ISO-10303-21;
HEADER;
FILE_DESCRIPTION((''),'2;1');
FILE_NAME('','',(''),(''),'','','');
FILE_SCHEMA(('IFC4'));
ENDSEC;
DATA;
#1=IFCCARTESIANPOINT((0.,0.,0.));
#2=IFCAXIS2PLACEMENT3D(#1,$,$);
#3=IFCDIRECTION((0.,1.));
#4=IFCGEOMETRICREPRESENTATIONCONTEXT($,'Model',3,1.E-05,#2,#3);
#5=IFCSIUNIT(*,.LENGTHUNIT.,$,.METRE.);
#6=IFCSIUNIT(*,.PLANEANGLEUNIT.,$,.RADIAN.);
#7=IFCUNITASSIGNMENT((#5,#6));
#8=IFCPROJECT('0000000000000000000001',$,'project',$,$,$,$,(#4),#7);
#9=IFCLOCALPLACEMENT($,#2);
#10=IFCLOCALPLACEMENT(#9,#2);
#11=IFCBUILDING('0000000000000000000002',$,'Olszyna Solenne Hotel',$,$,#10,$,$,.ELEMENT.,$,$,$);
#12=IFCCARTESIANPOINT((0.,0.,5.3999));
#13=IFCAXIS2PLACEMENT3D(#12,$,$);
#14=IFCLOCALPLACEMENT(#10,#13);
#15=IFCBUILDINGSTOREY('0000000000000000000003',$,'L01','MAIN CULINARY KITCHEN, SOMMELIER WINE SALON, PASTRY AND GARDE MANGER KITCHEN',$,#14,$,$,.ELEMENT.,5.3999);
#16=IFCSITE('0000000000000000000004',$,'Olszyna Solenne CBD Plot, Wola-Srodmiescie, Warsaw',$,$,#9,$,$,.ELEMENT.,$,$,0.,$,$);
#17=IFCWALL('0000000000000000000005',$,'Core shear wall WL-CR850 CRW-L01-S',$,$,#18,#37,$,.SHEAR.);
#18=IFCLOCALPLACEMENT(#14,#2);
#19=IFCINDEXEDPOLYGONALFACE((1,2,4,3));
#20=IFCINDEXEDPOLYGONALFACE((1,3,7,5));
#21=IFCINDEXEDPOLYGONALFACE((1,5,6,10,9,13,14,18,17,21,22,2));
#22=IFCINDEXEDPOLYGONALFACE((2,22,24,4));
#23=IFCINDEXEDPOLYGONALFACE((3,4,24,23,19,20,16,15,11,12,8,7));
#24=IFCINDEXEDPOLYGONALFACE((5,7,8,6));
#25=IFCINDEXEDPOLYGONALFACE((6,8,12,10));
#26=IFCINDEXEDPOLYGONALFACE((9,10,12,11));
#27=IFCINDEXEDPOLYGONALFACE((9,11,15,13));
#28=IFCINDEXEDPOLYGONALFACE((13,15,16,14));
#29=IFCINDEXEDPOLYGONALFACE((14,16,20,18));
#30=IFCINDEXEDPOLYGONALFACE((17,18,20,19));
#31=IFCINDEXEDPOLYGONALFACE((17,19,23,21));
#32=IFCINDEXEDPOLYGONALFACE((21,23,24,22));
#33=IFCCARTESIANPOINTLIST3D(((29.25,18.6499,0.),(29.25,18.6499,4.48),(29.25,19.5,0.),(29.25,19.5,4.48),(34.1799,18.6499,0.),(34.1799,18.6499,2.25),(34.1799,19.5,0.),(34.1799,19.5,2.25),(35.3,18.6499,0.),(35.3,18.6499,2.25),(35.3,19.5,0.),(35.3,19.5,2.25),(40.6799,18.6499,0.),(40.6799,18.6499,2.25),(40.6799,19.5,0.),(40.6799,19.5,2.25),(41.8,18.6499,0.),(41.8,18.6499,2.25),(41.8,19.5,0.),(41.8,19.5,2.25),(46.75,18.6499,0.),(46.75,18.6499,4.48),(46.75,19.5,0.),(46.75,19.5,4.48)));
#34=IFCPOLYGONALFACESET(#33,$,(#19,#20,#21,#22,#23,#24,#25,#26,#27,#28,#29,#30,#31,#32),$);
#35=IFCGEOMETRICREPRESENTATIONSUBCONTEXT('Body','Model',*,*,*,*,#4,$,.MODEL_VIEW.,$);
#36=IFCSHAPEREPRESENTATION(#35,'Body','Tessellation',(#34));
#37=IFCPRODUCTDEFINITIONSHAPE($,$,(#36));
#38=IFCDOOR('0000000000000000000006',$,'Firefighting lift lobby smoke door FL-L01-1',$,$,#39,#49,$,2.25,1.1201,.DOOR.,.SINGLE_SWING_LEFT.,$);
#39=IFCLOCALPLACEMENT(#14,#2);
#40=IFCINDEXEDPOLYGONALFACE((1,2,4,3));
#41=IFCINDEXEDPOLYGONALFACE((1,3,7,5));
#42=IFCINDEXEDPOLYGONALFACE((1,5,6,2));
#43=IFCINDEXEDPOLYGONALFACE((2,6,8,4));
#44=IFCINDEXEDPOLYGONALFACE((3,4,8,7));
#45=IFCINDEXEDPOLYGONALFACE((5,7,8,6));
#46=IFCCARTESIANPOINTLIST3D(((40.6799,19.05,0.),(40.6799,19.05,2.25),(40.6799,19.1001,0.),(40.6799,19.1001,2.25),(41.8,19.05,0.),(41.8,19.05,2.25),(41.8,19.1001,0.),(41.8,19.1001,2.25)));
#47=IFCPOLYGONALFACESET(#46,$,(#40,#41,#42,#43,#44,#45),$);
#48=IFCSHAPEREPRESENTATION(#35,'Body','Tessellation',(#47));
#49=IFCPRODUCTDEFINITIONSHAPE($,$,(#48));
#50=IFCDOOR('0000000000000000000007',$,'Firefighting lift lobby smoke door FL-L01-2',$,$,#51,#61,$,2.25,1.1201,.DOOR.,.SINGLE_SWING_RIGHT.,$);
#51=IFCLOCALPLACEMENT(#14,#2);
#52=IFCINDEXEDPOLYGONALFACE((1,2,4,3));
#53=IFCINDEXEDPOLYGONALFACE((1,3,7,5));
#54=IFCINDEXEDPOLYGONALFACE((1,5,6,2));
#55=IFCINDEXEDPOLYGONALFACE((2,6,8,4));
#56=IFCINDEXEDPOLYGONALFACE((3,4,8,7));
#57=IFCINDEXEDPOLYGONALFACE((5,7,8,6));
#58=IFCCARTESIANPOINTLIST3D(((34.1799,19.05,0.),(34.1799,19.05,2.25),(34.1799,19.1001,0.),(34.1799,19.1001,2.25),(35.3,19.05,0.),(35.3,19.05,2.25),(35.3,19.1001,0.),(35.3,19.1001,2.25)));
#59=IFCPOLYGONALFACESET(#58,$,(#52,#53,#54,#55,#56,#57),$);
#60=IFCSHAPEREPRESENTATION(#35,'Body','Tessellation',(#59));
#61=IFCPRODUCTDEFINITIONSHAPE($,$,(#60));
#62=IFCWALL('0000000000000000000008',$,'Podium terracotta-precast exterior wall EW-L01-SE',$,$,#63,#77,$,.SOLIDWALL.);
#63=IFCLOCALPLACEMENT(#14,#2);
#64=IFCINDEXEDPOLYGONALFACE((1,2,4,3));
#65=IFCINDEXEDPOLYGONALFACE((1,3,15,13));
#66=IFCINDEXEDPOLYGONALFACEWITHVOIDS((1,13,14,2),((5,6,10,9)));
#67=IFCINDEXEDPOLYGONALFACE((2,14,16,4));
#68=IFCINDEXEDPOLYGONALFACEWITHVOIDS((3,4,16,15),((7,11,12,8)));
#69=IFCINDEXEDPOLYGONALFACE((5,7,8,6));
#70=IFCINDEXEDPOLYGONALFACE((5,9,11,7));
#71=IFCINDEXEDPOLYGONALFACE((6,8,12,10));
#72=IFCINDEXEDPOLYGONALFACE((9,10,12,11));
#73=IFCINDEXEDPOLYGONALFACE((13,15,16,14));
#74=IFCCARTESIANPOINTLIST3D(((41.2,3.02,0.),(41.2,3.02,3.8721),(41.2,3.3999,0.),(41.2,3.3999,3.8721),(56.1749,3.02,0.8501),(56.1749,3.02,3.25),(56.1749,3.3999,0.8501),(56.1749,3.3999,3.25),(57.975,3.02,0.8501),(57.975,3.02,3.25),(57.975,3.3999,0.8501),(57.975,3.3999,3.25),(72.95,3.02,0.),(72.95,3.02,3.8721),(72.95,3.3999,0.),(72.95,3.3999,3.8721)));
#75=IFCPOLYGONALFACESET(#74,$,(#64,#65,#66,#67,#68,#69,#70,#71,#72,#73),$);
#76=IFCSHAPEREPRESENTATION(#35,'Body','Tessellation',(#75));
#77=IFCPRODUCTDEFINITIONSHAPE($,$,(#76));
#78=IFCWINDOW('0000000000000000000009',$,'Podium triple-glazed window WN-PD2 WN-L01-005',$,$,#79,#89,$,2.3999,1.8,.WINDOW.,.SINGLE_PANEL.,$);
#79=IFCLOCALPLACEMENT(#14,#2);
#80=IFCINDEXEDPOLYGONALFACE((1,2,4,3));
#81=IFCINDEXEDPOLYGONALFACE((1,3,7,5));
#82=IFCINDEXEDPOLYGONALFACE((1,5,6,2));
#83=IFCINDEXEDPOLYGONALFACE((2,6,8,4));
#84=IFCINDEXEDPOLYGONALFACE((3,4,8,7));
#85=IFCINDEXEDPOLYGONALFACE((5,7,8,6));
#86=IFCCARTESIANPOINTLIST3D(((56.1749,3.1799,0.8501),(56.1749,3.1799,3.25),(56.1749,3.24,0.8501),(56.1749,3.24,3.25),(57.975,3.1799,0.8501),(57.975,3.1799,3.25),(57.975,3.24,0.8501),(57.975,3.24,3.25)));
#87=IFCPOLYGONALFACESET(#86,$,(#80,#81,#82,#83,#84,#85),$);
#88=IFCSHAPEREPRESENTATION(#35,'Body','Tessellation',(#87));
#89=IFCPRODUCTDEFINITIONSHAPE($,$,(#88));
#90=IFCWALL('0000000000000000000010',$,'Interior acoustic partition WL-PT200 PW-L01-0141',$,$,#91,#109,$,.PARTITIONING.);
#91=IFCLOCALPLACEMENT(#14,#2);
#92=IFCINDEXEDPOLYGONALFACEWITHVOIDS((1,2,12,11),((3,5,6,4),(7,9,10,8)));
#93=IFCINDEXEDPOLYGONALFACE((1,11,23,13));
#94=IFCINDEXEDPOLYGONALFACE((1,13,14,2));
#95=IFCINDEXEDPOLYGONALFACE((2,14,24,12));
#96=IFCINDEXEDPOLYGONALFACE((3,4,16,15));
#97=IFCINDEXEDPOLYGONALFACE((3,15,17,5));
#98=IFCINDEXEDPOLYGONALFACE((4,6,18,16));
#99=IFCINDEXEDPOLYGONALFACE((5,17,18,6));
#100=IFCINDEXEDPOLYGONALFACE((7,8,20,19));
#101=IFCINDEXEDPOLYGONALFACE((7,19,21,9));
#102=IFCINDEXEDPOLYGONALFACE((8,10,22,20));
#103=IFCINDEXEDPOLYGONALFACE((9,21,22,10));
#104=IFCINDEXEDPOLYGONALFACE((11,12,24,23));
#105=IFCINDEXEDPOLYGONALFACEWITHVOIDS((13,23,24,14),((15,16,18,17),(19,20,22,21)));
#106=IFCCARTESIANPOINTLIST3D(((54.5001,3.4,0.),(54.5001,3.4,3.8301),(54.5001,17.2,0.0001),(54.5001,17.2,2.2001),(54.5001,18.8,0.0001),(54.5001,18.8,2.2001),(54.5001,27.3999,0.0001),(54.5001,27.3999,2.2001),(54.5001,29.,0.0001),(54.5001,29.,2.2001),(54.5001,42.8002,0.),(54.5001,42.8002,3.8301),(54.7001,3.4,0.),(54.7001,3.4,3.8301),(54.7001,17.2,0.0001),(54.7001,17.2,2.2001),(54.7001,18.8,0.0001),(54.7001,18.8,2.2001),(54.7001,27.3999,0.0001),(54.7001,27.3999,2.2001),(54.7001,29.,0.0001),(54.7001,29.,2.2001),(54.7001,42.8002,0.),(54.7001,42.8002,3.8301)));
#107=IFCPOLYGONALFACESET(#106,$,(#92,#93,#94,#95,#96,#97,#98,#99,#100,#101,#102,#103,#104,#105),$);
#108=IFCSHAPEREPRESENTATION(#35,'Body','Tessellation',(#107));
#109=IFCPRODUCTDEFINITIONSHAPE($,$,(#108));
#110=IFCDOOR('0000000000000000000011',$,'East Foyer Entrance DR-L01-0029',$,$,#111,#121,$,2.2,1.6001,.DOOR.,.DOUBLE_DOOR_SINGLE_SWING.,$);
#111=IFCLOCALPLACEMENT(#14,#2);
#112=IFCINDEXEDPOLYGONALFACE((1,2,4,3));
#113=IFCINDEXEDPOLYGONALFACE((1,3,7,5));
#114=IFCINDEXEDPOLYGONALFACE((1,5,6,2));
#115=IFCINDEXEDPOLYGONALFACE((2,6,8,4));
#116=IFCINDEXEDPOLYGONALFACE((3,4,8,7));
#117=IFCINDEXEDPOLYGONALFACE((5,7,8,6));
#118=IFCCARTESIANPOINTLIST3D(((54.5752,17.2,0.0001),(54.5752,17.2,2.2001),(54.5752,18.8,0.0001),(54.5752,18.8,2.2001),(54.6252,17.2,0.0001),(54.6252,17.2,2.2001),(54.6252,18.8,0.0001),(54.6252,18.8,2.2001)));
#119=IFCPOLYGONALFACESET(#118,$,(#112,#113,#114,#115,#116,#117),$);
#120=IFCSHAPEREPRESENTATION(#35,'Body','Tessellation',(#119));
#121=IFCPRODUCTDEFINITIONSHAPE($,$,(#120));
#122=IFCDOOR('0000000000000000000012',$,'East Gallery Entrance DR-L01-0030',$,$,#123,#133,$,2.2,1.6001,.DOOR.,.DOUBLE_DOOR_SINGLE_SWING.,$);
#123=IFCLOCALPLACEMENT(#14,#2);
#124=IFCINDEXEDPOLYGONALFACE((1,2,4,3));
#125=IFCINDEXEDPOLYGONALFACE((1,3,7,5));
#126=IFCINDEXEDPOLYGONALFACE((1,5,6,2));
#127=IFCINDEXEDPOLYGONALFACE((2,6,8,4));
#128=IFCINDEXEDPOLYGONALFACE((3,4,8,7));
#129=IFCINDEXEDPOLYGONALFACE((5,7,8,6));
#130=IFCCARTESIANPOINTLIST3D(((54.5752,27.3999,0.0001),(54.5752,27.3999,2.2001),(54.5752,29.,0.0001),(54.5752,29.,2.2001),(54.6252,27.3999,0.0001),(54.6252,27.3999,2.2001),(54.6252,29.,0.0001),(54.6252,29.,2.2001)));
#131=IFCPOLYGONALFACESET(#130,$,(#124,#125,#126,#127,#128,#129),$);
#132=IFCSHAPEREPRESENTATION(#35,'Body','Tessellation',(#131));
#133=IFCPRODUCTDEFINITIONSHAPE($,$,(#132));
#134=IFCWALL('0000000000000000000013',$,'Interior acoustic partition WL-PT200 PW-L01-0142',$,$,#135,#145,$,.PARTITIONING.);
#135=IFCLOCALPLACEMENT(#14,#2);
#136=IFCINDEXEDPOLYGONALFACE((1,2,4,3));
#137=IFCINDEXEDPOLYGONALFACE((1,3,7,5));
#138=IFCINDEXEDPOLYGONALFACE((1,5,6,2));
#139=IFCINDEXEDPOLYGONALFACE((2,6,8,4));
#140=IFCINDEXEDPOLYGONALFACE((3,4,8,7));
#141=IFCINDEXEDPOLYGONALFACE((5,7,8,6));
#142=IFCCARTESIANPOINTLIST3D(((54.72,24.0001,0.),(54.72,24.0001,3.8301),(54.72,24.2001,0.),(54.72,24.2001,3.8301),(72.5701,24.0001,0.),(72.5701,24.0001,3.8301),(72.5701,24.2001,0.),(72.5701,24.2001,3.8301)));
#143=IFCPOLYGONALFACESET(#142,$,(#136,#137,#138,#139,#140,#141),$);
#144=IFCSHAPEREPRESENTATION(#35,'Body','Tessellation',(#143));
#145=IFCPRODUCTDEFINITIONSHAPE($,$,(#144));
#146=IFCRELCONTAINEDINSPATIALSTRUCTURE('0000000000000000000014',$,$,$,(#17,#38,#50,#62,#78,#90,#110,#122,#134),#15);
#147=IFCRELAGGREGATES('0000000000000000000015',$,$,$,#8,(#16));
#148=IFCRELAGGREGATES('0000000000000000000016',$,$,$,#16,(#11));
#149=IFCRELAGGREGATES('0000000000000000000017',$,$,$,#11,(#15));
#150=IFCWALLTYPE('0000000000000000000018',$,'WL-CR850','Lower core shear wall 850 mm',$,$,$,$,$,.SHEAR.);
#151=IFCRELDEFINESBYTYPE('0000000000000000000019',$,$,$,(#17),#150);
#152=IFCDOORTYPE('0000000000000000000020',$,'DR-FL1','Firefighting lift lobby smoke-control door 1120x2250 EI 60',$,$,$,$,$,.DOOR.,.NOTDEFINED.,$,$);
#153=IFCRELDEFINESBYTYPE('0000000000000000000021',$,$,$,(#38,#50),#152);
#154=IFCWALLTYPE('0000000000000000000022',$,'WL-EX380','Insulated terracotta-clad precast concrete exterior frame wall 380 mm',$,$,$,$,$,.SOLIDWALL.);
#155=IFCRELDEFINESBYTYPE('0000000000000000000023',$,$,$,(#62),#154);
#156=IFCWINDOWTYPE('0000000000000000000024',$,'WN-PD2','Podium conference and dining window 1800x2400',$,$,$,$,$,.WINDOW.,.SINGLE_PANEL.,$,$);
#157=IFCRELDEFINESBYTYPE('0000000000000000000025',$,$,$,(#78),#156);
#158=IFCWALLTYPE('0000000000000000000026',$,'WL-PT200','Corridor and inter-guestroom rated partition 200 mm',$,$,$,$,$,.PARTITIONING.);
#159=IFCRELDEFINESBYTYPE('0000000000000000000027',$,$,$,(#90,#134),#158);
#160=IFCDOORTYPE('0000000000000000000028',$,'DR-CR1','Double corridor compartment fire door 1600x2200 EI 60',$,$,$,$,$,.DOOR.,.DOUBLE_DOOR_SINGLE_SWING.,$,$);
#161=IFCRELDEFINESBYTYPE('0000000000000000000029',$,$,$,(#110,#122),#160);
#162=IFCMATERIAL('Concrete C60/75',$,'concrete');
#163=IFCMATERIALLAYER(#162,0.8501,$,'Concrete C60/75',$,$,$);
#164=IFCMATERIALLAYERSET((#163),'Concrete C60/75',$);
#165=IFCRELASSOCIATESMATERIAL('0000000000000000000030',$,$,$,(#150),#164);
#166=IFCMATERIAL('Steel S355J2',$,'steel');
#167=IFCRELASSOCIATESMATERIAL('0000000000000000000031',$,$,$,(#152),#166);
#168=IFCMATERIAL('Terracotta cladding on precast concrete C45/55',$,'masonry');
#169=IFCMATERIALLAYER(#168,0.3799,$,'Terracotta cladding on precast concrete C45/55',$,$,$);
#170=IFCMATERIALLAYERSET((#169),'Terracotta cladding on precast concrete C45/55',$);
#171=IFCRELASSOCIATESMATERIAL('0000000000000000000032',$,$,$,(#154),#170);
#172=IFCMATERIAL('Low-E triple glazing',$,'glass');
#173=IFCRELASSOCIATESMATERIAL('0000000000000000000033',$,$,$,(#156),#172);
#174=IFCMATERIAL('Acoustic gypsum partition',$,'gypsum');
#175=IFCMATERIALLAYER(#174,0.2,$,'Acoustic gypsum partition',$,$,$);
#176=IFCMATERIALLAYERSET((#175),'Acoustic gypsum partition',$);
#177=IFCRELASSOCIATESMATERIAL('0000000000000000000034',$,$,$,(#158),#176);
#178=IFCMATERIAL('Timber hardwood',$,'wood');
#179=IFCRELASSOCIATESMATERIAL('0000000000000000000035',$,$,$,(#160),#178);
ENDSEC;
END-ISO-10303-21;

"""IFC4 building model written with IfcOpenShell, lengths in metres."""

from ifc_helpers import new_model, si_unit, direction, frame, frame_2d, origin, place, context, subcontext, project, spatial, rectangle, extrude, source, transform, mapped, material, layer, layer_set, type_object, type_shapes, element, fill, save


model = new_model("IFC4")

# Units and contexts
model_context = context("Model", 3, precision=1e-05, world=origin(), true_north=direction((0.0, 1.0)))
body_context = subcontext(model_context, "Body", "Model", "MODEL_VIEW")
ifc_project = project(units=[si_unit("LENGTHUNIT", "METRE"), si_unit("PLANEANGLEUNIT", "RADIAN")], contexts=[model_context])

# Site, building, storey
site_placement = place(None, origin())
site = spatial("IfcSite", under=ifc_project, at=site_placement, Name="Olszyna Solenne CBD Plot, Wola-Srodmiescie, Warsaw", CompositionType="ELEMENT", RefElevation=0.0)
building_placement = place(site_placement, origin())
building = spatial("IfcBuilding", under=site, at=building_placement, Name="Olszyna Solenne Hotel", CompositionType="ELEMENT")
storey_placement = place(building_placement, frame((0.0, 0.0, 5.3999)))
storey = spatial("IfcBuildingStorey", under=building, at=storey_placement, Name="L01", Description="MAIN CULINARY KITCHEN, SOMMELIER WINE SALON, PASTRY AND GARDE MANGER KITCHEN", CompositionType="ELEMENT", Elevation=5.3999)

# Shared definitions
ifc_material_1 = material(Name="Concrete C60/75", Category="concrete")

# Shared definitions
ifc_material_2 = material(Name="Steel S355J2", Category="steel")

# Wall, openings, doors
ifc_layer_1 = layer(ifc_material_1, 0.8501, Name="Concrete C60/75")
ifc_layer_set_1 = layer_set([ifc_layer_1], Name="Concrete C60/75")
wall_type_1 = type_object("IfcWallType", Name="WL-CR850", Description="Lower core shear wall 850 mm", PredefinedType="SHEAR", material=ifc_layer_set_1)
wall_1_placement = place(storey_placement, frame((46.75, 19.075, 0.0), z_axis=(0.0, 0.0, 1.0), x_axis=(-1.0, 0.0, 0.0)))
wall_1 = element("IfcWall", 1, at=wall_1_placement, inside=storey, type_object=wall_type_1, Name="Core shear wall WL-CR850 CRW-L01-S", PredefinedType="SHEAR", context=body_context, shape_type="SweptSolid", body=[
    extrude(rectangle(XDim=17.5, YDim=0.8501, at=frame_2d((8.75, 0.0))), origin(), (0.0, 0.0, 1.0), 4.48),
])
opening_1_placement = place(wall_1_placement, frame((4.95, 0.0, 0.0)))
opening_1 = element("IfcOpeningElement", 2, at=opening_1_placement, cuts=wall_1, PredefinedType="OPENING", context=body_context, shape_type="SweptSolid", body=[
    extrude(rectangle(XDim=1.1201, YDim=2.25, at=frame_2d((0.5601, 1.125))), frame((0.0, 0.4351, 0.0), z_axis=(0.0, -1.0, 0.0), x_axis=(1.0, 0.0, 0.0)), (0.0, 0.0, 1.0), 0.8701),
])
opening_2_placement = place(wall_1_placement, frame((11.45, 0.0, 0.0)))
opening_2 = element("IfcOpeningElement", 3, at=opening_2_placement, cuts=wall_1, PredefinedType="OPENING", context=body_context, shape_type="SweptSolid", body=[
    extrude(rectangle(XDim=1.1201, YDim=2.25, at=frame_2d((0.5601, 1.125))), frame((0.0, 0.4351, 0.0), z_axis=(0.0, -1.0, 0.0), x_axis=(1.0, 0.0, 0.0)), (0.0, 0.0, 1.0), 0.8701),
])
door_type_1 = type_object("IfcDoorType", Name="DR-FL1", Description="Firefighting lift lobby smoke-control door 1120x2250 EI 60", OperationType="NOTDEFINED", PredefinedType="DOOR", material=ifc_material_2)
shared_shape_1 = source(origin(), body_context, "Body", "SweptSolid", [
    extrude(rectangle(XDim=1.1201, YDim=2.25, at=frame_2d((0.5601, 1.125))), frame((0.0, 0.0249, 0.0), z_axis=(0.0, -1.0, 0.0), x_axis=(1.0, 0.0, 0.0)), (0.0, 0.0, 1.0), 0.05),
])
type_shapes(door_type_1, [shared_shape_1])
door_1_placement = place(opening_1_placement, origin())
door_1 = element("IfcDoor", 4, at=door_1_placement, inside=storey, type_object=door_type_1, Name="Firefighting lift lobby smoke door FL-L01-1", OperationType="SINGLE_SWING_LEFT", OverallHeight=2.25, OverallWidth=1.1201, PredefinedType="DOOR", context=body_context, shape_type="MappedRepresentation", body=[
    mapped(shared_shape_1, transform((0.0, 0.0, 0.0), x_axis=(1.0, 0.0, 0.0), y_axis=(0.0, 1.0, 0.0), z_axis=(0.0, 0.0, 1.0), scale=1.0)),
])
fill(opening_1, door_1)
door_2_placement = place(opening_2_placement, origin())
door_2 = element("IfcDoor", 5, at=door_2_placement, inside=storey, type_object=door_type_1, Name="Firefighting lift lobby smoke door FL-L01-2", OperationType="SINGLE_SWING_RIGHT", OverallHeight=2.25, OverallWidth=1.1201, PredefinedType="DOOR", context=body_context, shape_type="MappedRepresentation", body=[
    mapped(shared_shape_1, transform((0.0, 0.0, 0.0), x_axis=(1.0, 0.0, 0.0), y_axis=(0.0, 1.0, 0.0), z_axis=(0.0, 0.0, 1.0), scale=1.0)),
])
fill(opening_2, door_2)

# Wall, opening, window
ifc_material_3 = material(Name="Terracotta cladding on precast concrete C45/55", Category="masonry")
ifc_layer_2 = layer(ifc_material_3, 0.3799, Name="Terracotta cladding on precast concrete C45/55")
ifc_layer_set_2 = layer_set([ifc_layer_2], Name="Terracotta cladding on precast concrete C45/55")
wall_type_2 = type_object("IfcWallType", Name="WL-EX380", Description="Insulated terracotta-clad precast concrete exterior frame wall 380 mm", PredefinedType="SOLIDWALL", material=ifc_layer_set_2)
wall_2_placement = place(storey_placement, frame((72.95, 3.21, 0.0), z_axis=(0.0, 0.0, 1.0), x_axis=(-1.0, 0.0, 0.0)))
wall_2 = element("IfcWall", 6, at=wall_2_placement, inside=storey, type_object=wall_type_2, Name="Podium terracotta-precast exterior wall EW-L01-SE", PredefinedType="SOLIDWALL", context=body_context, shape_type="SweptSolid", body=[
    extrude(rectangle(XDim=31.75, YDim=0.3799, at=frame_2d((15.875, 0.0))), origin(), (0.0, 0.0, 1.0), 3.8721),
])
opening_3_placement = place(wall_2_placement, frame((14.9751, 0.0, 0.8501)))
opening_3 = element("IfcOpeningElement", 7, at=opening_3_placement, cuts=wall_2, PredefinedType="OPENING", context=body_context, shape_type="SweptSolid", body=[
    extrude(rectangle(XDim=1.8, YDim=2.3999, at=frame_2d((0.8999, 1.2))), frame((0.0, 0.2, 0.0), z_axis=(0.0, -1.0, 0.0), x_axis=(1.0, 0.0, 0.0)), (0.0, 0.0, 1.0), 0.3999),
])
ifc_material_4 = material(Name="Low-E triple glazing", Category="glass")
window_type = type_object("IfcWindowType", Name="WN-PD2", Description="Podium conference and dining window 1800x2400", PartitioningType="SINGLE_PANEL", PredefinedType="WINDOW", material=ifc_material_4)
shared_shape_2 = source(origin(), body_context, "Body", "SweptSolid", [
    extrude(rectangle(XDim=1.8, YDim=2.3999, at=frame_2d((0.8999, 1.2))), frame((0.0, 0.03, 0.0), z_axis=(0.0, -1.0, 0.0), x_axis=(1.0, 0.0, 0.0)), (0.0, 0.0, 1.0), 0.0601),
])
type_shapes(window_type, [shared_shape_2])
window_placement = place(opening_3_placement, origin())
window = element("IfcWindow", 8, at=window_placement, inside=storey, type_object=window_type, Name="Podium triple-glazed window WN-PD2 WN-L01-005", OverallHeight=2.3999, OverallWidth=1.8, PartitioningType="SINGLE_PANEL", PredefinedType="WINDOW", context=body_context, shape_type="MappedRepresentation", body=[
    mapped(shared_shape_2, transform((0.0, 0.0, 0.0), x_axis=(1.0, 0.0, 0.0), y_axis=(0.0, 1.0, 0.0), z_axis=(0.0, 0.0, 1.0), scale=1.0)),
])
fill(opening_3, window)

# Wall, openings, doors
ifc_material_5 = material(Name="Acoustic gypsum partition", Category="gypsum")
ifc_layer_3 = layer(ifc_material_5, 0.2, Name="Acoustic gypsum partition")
ifc_layer_set_3 = layer_set([ifc_layer_3], Name="Acoustic gypsum partition")
wall_type_3 = type_object("IfcWallType", Name="WL-PT200", Description="Corridor and inter-guestroom rated partition 200 mm", PredefinedType="PARTITIONING", material=ifc_layer_set_3)
wall_3_placement = place(storey_placement, frame((54.6001, 3.3999, 0.0), z_axis=(0.0, 0.0, 1.0), x_axis=(0.0, 1.0, 0.0)))
wall_3 = element("IfcWall", 9, at=wall_3_placement, inside=storey, type_object=wall_type_3, Name="Interior acoustic partition WL-PT200 PW-L01-0141", PredefinedType="PARTITIONING", context=body_context, shape_type="SweptSolid", body=[
    extrude(rectangle(XDim=39.4001, YDim=0.2, at=frame_2d((19.7002, 0.0))), origin(), (0.0, 0.0, 1.0), 3.8301),
])
opening_4_placement = place(wall_3_placement, frame((13.8, 0.0, 0.0)))
opening_4 = element("IfcOpeningElement", 10, at=opening_4_placement, cuts=wall_3, PredefinedType="OPENING", context=body_context, shape_type="SweptSolid", body=[
    extrude(rectangle(XDim=1.6001, YDim=2.2, at=frame_2d((0.8, 1.1001))), frame((0.0, 0.1099, 0.0), z_axis=(0.0, -1.0, 0.0), x_axis=(1.0, 0.0, 0.0)), (0.0, 0.0, 1.0), 0.22),
])
opening_5_placement = place(wall_3_placement, frame((24.0, 0.0, 0.0)))
opening_5 = element("IfcOpeningElement", 11, at=opening_5_placement, cuts=wall_3, PredefinedType="OPENING", context=body_context, shape_type="SweptSolid", body=[
    extrude(rectangle(XDim=1.6001, YDim=2.2, at=frame_2d((0.8, 1.1001))), frame((0.0, 0.1099, 0.0), z_axis=(0.0, -1.0, 0.0), x_axis=(1.0, 0.0, 0.0)), (0.0, 0.0, 1.0), 0.22),
])
ifc_material_6 = material(Name="Timber hardwood", Category="wood")
door_type_2 = type_object("IfcDoorType", Name="DR-CR1", Description="Double corridor compartment fire door 1600x2200 EI 60", OperationType="DOUBLE_DOOR_SINGLE_SWING", PredefinedType="DOOR", material=ifc_material_6)
shared_shape_3 = source(origin(), body_context, "Body", "SweptSolid", [
    extrude(rectangle(XDim=1.6001, YDim=2.2, at=frame_2d((0.8, 1.1001))), frame((0.0, 0.0249, 0.0), z_axis=(0.0, -1.0, 0.0), x_axis=(1.0, 0.0, 0.0)), (0.0, 0.0, 1.0), 0.05),
])
type_shapes(door_type_2, [shared_shape_3])
door_3_placement = place(opening_4_placement, origin())
door_3 = element("IfcDoor", 12, at=door_3_placement, inside=storey, type_object=door_type_2, Name="East Foyer Entrance DR-L01-0029", OperationType="DOUBLE_DOOR_SINGLE_SWING", OverallHeight=2.2, OverallWidth=1.6001, PredefinedType="DOOR", context=body_context, shape_type="MappedRepresentation", body=[
    mapped(shared_shape_3, transform((0.0, 0.0, 0.0), x_axis=(1.0, 0.0, 0.0), y_axis=(0.0, 1.0, 0.0), z_axis=(0.0, 0.0, 1.0), scale=1.0)),
])
fill(opening_4, door_3)
door_4_placement = place(opening_5_placement, origin())
door_4 = element("IfcDoor", 13, at=door_4_placement, inside=storey, type_object=door_type_2, Name="East Gallery Entrance DR-L01-0030", OperationType="DOUBLE_DOOR_SINGLE_SWING", OverallHeight=2.2, OverallWidth=1.6001, PredefinedType="DOOR", context=body_context, shape_type="MappedRepresentation", body=[
    mapped(shared_shape_3, transform((0.0, 0.0, 0.0), x_axis=(1.0, 0.0, 0.0), y_axis=(0.0, 1.0, 0.0), z_axis=(0.0, 0.0, 1.0), scale=1.0)),
])
fill(opening_5, door_4)

# Wall
wall_4_placement = place(storey_placement, frame((54.72, 24.1001, 0.0), z_axis=(0.0, 0.0, 1.0), x_axis=(1.0, 0.0, 0.0)))
element("IfcWall", 14, at=wall_4_placement, inside=storey, type_object=wall_type_3, Name="Interior acoustic partition WL-PT200 PW-L01-0142", PredefinedType="PARTITIONING", context=body_context, shape_type="SweptSolid", body=[
    extrude(rectangle(XDim=17.8501, YDim=0.2, at=frame_2d((8.925, 0.0))), origin(), (0.0, 0.0, 1.0), 3.8301),
])

save(model, "model.ifc")
